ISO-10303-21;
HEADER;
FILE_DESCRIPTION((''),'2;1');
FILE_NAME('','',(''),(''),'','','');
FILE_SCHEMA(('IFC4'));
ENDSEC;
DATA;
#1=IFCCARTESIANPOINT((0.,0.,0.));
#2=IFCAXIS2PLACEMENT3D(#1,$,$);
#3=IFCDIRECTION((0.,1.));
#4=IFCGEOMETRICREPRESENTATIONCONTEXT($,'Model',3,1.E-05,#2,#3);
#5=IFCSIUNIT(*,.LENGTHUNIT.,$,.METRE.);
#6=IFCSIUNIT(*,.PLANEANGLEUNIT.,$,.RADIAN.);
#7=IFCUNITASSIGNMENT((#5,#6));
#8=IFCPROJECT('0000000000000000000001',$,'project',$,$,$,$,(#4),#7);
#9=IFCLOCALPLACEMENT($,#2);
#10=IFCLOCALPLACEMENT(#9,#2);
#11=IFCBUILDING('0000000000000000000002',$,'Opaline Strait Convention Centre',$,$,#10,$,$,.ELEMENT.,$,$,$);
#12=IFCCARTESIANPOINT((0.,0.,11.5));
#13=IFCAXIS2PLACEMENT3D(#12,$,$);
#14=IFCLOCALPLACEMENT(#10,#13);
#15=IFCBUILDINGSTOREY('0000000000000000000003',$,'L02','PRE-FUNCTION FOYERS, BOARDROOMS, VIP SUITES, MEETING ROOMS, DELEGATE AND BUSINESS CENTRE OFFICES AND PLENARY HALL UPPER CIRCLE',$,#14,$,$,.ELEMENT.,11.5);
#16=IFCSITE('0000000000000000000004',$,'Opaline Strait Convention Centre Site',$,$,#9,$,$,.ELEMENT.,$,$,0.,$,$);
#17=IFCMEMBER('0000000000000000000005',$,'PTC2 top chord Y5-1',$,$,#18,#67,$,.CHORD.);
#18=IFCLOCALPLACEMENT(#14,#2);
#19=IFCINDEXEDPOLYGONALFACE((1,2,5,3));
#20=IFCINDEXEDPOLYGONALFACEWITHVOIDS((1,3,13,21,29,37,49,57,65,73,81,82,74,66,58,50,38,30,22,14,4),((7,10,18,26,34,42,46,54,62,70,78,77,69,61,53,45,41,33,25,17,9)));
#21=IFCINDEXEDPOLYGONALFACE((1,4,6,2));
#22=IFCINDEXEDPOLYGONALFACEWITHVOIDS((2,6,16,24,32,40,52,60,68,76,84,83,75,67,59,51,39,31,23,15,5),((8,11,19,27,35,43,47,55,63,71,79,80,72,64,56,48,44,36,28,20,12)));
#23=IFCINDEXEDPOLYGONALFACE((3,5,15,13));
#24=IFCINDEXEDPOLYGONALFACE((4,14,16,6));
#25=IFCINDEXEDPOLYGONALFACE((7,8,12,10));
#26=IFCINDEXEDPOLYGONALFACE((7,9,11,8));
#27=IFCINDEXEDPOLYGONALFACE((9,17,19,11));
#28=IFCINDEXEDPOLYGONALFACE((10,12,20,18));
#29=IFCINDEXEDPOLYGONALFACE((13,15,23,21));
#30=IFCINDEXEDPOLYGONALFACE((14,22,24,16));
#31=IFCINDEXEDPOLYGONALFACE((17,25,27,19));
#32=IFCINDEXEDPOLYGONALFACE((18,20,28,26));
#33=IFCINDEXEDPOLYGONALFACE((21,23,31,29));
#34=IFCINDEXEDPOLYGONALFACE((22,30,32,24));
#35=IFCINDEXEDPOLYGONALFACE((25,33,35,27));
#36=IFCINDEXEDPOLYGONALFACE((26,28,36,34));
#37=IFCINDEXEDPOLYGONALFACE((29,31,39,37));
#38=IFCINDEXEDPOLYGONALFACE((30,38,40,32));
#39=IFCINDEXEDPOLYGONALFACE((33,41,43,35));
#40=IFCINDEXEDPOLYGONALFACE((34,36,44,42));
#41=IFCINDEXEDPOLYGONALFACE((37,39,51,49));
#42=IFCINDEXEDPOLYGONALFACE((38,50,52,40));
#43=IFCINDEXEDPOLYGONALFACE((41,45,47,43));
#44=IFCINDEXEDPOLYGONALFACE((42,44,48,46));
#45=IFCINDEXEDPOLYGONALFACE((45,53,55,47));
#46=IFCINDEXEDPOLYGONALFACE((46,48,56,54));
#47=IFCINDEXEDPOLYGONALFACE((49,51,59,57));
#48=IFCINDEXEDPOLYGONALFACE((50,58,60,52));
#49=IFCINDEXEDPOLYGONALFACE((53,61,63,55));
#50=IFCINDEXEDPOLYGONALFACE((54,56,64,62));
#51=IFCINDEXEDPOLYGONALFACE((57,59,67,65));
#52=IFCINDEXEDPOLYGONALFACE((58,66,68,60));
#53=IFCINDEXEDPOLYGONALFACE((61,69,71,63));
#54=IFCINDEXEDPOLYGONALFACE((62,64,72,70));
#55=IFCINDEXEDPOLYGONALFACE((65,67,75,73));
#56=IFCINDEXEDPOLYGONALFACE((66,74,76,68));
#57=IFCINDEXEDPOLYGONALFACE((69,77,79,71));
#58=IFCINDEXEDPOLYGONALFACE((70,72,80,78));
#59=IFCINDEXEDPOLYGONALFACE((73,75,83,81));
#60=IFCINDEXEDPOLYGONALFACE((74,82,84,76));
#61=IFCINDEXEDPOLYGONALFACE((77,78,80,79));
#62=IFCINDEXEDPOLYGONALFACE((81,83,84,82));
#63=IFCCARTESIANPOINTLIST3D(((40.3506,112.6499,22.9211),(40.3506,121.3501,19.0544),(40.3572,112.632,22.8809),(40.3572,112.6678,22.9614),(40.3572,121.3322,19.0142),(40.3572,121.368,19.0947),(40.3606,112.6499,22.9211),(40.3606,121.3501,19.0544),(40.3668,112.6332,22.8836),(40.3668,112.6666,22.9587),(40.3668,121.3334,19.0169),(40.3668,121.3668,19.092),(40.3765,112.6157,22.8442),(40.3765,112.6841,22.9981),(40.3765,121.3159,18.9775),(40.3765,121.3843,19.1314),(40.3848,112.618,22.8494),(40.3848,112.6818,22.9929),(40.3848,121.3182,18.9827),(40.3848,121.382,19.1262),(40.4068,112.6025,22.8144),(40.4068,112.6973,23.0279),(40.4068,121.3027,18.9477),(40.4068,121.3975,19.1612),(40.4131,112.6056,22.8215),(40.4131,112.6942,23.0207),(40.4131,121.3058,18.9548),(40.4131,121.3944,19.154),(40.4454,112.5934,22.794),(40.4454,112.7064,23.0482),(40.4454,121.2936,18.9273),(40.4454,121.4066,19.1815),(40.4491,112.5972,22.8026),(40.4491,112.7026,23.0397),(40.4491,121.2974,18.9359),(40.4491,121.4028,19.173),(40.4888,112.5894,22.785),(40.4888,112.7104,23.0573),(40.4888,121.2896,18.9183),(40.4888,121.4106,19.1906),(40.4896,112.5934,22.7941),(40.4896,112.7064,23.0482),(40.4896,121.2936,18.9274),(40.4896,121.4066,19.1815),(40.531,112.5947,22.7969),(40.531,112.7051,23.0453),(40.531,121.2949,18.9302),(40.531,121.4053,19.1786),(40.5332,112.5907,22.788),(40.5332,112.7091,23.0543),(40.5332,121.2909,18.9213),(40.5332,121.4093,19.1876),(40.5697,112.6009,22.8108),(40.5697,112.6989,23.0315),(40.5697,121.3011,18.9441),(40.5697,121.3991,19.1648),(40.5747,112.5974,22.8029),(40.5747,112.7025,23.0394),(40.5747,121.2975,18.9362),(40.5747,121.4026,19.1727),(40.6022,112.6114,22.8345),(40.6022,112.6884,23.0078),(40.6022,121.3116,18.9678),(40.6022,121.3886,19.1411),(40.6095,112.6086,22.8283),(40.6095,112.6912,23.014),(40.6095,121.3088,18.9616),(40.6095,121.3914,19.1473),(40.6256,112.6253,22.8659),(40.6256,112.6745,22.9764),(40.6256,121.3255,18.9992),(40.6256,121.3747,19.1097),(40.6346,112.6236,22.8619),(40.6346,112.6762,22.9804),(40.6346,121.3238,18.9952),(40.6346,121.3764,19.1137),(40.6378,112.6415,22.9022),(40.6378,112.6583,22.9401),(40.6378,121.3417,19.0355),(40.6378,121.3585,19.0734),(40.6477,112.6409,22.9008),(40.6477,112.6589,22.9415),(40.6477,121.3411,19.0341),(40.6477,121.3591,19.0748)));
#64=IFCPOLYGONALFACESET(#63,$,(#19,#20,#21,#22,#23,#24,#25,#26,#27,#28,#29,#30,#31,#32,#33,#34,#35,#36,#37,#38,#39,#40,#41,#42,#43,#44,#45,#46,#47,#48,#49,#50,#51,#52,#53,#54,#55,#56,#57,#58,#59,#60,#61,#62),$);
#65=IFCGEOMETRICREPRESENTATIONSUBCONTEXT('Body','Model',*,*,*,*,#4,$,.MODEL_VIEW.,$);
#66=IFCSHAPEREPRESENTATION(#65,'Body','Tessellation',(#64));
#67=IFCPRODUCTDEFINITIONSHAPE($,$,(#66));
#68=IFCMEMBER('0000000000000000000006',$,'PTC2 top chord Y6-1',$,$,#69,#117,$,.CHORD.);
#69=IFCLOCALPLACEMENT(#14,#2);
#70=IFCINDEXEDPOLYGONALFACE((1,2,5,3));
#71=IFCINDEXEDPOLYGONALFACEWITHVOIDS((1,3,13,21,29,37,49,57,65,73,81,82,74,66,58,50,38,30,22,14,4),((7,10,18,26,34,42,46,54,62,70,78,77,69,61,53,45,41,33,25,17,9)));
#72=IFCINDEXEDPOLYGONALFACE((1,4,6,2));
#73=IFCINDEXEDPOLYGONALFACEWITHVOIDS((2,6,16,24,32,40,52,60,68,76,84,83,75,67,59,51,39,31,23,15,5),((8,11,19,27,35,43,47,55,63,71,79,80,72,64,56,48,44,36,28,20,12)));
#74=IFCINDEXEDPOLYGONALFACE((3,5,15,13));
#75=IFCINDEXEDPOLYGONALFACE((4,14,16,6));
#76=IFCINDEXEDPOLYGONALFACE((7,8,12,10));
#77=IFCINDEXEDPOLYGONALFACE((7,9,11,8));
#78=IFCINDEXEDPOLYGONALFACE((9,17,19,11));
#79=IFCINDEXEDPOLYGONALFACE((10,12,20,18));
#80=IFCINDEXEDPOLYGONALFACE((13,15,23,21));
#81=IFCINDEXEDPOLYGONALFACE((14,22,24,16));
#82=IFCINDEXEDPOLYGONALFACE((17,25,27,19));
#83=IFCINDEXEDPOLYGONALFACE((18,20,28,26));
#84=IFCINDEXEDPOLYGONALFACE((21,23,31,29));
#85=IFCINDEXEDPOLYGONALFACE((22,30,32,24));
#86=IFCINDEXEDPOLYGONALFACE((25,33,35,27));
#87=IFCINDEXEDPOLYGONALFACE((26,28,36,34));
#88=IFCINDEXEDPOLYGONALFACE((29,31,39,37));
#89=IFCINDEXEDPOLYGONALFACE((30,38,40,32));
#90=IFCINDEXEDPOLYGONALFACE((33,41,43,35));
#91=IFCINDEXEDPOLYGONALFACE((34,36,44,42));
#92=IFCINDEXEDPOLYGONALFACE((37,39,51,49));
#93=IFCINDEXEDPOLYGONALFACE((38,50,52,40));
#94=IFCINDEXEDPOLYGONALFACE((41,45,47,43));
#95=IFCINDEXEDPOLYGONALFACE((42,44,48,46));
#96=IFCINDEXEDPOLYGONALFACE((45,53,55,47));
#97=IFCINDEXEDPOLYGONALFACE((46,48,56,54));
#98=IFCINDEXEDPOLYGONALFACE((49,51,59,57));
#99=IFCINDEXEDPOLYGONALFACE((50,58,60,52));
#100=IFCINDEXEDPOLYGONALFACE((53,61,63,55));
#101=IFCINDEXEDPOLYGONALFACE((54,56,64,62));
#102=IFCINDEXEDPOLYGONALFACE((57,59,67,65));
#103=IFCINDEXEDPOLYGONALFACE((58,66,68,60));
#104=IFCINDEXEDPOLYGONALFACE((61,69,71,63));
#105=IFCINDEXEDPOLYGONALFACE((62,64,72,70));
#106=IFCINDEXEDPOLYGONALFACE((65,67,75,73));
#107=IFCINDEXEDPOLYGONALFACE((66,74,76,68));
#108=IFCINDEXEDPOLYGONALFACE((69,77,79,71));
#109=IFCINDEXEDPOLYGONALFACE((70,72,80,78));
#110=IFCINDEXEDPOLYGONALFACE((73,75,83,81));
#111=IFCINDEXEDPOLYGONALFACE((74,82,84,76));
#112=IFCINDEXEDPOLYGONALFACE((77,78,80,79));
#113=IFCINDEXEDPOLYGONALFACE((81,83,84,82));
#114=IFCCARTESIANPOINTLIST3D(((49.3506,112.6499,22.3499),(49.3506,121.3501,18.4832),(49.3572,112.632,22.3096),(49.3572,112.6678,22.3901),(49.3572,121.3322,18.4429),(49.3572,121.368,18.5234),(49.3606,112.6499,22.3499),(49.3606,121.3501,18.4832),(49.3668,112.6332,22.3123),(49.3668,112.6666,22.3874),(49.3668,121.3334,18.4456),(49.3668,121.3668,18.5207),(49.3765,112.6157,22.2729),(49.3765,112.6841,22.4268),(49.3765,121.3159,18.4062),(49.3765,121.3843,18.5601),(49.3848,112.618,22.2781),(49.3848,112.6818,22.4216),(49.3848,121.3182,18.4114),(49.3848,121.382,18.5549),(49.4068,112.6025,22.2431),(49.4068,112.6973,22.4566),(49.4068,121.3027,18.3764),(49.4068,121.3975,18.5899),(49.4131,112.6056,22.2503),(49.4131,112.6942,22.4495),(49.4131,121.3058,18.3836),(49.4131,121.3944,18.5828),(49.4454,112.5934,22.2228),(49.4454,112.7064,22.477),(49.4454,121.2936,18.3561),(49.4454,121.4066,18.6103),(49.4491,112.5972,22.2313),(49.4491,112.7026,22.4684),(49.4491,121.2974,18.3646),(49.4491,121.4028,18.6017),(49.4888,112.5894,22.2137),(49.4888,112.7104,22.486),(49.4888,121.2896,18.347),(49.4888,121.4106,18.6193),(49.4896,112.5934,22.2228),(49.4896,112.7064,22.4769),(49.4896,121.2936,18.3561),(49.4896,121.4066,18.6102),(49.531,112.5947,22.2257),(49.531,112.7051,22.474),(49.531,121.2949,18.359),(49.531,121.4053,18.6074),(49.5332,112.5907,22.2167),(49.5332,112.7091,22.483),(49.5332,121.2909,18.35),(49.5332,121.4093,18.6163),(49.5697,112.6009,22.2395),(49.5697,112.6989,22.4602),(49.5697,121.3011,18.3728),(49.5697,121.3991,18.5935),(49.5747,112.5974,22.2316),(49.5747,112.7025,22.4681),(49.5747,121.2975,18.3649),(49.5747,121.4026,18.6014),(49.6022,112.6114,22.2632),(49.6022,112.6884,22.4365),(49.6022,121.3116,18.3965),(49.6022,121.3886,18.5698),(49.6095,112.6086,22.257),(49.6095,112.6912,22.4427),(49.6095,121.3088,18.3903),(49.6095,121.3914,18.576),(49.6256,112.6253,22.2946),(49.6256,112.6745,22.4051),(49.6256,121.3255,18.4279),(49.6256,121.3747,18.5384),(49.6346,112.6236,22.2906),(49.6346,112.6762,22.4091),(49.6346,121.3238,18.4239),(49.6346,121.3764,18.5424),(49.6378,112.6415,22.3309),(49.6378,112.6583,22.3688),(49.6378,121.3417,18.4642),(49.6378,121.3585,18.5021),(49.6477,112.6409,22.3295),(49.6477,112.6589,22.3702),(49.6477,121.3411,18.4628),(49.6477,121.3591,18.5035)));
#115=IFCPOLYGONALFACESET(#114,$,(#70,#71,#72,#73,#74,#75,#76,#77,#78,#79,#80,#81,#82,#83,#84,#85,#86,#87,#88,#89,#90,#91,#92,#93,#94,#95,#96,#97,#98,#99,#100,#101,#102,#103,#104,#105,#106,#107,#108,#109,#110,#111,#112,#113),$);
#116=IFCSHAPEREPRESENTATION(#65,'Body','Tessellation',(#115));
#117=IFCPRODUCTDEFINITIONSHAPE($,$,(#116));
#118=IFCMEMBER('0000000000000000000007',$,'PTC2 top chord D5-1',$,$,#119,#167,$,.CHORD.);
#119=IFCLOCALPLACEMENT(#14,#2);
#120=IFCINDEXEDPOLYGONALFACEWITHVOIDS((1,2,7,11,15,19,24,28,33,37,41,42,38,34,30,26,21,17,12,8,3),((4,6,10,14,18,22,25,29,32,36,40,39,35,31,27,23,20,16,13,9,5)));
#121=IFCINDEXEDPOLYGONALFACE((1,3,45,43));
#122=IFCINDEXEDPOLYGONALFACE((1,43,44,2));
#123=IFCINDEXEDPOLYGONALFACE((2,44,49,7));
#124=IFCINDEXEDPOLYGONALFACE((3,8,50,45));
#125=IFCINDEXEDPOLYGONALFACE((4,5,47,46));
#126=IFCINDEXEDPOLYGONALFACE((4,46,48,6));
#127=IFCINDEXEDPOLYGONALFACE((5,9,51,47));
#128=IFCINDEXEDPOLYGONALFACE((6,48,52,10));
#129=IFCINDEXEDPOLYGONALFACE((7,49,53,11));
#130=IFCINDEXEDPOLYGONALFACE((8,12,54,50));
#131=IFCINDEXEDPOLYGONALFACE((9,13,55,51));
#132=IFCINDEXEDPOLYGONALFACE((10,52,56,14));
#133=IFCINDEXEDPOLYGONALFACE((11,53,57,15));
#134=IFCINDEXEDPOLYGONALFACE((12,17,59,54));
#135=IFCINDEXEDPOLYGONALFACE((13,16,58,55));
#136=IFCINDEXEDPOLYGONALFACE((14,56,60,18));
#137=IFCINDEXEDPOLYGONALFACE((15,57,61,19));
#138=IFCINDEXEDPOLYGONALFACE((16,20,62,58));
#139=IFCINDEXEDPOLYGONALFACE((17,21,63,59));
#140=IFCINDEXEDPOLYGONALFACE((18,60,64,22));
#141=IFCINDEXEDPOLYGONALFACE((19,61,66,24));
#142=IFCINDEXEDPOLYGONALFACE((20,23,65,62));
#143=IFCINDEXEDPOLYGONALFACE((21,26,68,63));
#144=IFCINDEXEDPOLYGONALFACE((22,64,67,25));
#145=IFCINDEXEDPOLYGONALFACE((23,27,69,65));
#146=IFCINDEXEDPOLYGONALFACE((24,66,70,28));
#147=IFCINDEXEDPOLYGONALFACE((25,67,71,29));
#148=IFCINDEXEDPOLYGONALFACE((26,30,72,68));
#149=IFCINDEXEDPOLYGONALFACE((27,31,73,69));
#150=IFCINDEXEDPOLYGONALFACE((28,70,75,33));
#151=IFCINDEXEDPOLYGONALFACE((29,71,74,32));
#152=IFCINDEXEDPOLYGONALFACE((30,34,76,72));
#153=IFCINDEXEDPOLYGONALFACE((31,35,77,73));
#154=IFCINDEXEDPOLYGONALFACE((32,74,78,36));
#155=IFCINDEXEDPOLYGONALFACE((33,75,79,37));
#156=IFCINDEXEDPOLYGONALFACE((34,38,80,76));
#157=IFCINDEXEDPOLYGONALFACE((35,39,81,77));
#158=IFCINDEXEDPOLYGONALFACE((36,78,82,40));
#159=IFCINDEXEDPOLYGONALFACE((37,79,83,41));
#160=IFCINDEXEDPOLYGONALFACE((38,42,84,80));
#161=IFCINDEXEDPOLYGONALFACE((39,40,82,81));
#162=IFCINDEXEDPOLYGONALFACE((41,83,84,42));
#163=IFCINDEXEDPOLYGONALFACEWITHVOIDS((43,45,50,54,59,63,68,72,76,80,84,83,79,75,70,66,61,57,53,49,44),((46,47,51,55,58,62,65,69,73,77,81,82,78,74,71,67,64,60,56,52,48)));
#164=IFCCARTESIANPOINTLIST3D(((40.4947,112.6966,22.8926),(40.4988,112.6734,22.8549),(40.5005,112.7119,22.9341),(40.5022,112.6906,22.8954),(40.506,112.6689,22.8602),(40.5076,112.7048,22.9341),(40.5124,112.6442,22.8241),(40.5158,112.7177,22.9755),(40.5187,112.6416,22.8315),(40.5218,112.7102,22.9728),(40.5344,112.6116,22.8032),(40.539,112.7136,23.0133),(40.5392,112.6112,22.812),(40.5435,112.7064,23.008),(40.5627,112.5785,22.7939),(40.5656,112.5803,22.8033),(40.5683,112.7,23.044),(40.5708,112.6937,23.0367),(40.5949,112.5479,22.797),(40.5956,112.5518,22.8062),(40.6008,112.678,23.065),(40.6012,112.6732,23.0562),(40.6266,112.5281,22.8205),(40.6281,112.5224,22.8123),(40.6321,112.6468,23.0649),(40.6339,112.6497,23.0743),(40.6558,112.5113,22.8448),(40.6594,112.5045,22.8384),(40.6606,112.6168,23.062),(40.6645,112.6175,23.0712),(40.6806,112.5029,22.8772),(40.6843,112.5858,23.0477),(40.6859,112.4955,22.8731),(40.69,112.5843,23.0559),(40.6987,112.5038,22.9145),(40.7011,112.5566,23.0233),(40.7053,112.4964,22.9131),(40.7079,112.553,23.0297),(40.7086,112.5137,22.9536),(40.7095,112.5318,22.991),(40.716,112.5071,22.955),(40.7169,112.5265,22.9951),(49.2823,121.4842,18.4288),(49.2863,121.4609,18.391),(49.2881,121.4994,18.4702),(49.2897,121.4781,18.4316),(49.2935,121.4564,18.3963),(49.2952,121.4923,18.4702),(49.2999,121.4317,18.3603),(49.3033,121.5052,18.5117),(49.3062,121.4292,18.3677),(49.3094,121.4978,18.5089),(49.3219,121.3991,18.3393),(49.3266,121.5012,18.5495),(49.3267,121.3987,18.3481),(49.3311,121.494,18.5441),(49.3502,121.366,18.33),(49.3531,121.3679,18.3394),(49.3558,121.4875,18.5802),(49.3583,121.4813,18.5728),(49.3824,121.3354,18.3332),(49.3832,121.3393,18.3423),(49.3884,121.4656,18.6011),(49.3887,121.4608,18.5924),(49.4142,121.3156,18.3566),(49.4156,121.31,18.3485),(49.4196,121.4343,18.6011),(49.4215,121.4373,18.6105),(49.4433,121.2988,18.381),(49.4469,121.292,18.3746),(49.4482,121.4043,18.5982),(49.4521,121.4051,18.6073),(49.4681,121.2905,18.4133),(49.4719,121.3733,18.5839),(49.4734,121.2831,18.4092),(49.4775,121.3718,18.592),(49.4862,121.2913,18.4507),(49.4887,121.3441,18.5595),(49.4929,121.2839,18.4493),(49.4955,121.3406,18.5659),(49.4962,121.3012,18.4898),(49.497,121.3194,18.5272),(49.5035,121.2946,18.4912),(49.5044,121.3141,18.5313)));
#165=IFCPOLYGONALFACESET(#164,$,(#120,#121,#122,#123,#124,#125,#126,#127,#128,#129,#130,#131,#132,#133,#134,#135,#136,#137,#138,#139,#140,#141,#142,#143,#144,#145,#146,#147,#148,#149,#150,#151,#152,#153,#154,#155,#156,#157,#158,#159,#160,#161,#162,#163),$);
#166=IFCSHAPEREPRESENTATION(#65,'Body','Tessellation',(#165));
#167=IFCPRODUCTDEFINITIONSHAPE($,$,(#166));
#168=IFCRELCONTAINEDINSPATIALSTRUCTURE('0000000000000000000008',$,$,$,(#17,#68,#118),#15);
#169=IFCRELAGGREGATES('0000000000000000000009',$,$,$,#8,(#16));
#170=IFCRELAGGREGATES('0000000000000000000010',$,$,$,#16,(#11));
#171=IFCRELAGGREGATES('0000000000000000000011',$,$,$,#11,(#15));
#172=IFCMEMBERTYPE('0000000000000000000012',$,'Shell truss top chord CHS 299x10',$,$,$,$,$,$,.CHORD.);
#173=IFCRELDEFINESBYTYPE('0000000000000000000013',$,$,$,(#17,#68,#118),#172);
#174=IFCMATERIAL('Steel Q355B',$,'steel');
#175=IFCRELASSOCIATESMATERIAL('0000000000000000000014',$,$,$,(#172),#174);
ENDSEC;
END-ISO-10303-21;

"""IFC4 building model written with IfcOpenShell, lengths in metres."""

from ifc_helpers import new_model, si_unit, direction, frame, origin, origin_2d, place, context, subcontext, project, spatial, hollow_circle, extrude, material, material_profile, profile_set, type_object, element, save


model = new_model("IFC4")

# Units and contexts
model_context = context("Model", 3, precision=1e-05, world=origin(), true_north=direction((0.0, 1.0)))
body_context = subcontext(model_context, "Body", "Model", "MODEL_VIEW")
ifc_project = project(units=[si_unit("LENGTHUNIT", "METRE"), si_unit("PLANEANGLEUNIT", "RADIAN")], contexts=[model_context])

# Site, building, storey
site_placement = place(None, origin())
site = spatial("IfcSite", under=ifc_project, at=site_placement, Name="Opaline Strait Convention Centre Site", CompositionType="ELEMENT", RefElevation=0.0)
building_placement = place(site_placement, origin())
building = spatial("IfcBuilding", under=site, at=building_placement, Name="Opaline Strait Convention Centre", CompositionType="ELEMENT")
storey_placement = place(building_placement, frame((0.0, 0.0, 11.5)))
storey = spatial("IfcBuildingStorey", under=building, at=storey_placement, Name="L02", Description="PRE-FUNCTION FOYERS, BOARDROOMS, VIP SUITES, MEETING ROOMS, DELEGATE AND BUSINESS CENTRE OFFICES AND PLENARY HALL UPPER CIRCLE", CompositionType="ELEMENT", Elevation=11.5)

# Members
ifc_material_1 = material(Name="Steel Q355B", Category="steel")
ifc_material_profile_1 = material_profile(ifc_material_1, hollow_circle(Radius=0.1494, WallThickness=0.01, at=origin_2d()), Name="CHS 299x10")
ifc_profile_set_1 = profile_set([ifc_material_profile_1], Name="Steel Q355B")
member_type_1 = type_object("IfcMemberType", Name="Shell truss top chord CHS 299x10", PredefinedType="CHORD", material=ifc_profile_set_1)
for number, where, z_axis, x_axis, name in (
    (1, (40.5, 112.6499, 22.9211), (0.0, 0.913814, -0.406134), (-1.0, 0.0, 0.0), "PTC2 top chord Y5-1"),
    (2, (49.5, 112.6499, 22.3499), (0.0, 0.913814, -0.406134), (-1.0, 0.0, 0.0), "PTC2 top chord Y6-1"),
):
    element("IfcMember", number, at=place(storey_placement, frame(where, z_axis=z_axis, x_axis=x_axis)), inside=storey, type_object=member_type_1, Name=name, PredefinedType="CHORD", context=body_context, shape_type="SweptSolid", body=[
        extrude(hollow_circle(Radius=0.1494, WallThickness=0.01, at=origin_2d()), origin(), (0.0, 0.0, 1.0), 9.5208),
    ])
member_1_placement = place(storey_placement, frame((40.6062, 112.6062, 22.9341), z_axis=(0.665479, 0.665479, -0.338046), x_axis=(-0.707107, 0.707107, 0.0)))
element("IfcMember", 3, at=member_1_placement, inside=storey, type_object=member_type_1, Name="PTC2 top chord D5-1", PredefinedType="CHORD", context=body_context, shape_type="SweptSolid", body=[
    extrude(hollow_circle(Radius=0.1494, WallThickness=0.01, at=origin_2d()), origin(), (0.0, 0.0, 1.0), 13.2048),
])

save(model, "model.ifc")
